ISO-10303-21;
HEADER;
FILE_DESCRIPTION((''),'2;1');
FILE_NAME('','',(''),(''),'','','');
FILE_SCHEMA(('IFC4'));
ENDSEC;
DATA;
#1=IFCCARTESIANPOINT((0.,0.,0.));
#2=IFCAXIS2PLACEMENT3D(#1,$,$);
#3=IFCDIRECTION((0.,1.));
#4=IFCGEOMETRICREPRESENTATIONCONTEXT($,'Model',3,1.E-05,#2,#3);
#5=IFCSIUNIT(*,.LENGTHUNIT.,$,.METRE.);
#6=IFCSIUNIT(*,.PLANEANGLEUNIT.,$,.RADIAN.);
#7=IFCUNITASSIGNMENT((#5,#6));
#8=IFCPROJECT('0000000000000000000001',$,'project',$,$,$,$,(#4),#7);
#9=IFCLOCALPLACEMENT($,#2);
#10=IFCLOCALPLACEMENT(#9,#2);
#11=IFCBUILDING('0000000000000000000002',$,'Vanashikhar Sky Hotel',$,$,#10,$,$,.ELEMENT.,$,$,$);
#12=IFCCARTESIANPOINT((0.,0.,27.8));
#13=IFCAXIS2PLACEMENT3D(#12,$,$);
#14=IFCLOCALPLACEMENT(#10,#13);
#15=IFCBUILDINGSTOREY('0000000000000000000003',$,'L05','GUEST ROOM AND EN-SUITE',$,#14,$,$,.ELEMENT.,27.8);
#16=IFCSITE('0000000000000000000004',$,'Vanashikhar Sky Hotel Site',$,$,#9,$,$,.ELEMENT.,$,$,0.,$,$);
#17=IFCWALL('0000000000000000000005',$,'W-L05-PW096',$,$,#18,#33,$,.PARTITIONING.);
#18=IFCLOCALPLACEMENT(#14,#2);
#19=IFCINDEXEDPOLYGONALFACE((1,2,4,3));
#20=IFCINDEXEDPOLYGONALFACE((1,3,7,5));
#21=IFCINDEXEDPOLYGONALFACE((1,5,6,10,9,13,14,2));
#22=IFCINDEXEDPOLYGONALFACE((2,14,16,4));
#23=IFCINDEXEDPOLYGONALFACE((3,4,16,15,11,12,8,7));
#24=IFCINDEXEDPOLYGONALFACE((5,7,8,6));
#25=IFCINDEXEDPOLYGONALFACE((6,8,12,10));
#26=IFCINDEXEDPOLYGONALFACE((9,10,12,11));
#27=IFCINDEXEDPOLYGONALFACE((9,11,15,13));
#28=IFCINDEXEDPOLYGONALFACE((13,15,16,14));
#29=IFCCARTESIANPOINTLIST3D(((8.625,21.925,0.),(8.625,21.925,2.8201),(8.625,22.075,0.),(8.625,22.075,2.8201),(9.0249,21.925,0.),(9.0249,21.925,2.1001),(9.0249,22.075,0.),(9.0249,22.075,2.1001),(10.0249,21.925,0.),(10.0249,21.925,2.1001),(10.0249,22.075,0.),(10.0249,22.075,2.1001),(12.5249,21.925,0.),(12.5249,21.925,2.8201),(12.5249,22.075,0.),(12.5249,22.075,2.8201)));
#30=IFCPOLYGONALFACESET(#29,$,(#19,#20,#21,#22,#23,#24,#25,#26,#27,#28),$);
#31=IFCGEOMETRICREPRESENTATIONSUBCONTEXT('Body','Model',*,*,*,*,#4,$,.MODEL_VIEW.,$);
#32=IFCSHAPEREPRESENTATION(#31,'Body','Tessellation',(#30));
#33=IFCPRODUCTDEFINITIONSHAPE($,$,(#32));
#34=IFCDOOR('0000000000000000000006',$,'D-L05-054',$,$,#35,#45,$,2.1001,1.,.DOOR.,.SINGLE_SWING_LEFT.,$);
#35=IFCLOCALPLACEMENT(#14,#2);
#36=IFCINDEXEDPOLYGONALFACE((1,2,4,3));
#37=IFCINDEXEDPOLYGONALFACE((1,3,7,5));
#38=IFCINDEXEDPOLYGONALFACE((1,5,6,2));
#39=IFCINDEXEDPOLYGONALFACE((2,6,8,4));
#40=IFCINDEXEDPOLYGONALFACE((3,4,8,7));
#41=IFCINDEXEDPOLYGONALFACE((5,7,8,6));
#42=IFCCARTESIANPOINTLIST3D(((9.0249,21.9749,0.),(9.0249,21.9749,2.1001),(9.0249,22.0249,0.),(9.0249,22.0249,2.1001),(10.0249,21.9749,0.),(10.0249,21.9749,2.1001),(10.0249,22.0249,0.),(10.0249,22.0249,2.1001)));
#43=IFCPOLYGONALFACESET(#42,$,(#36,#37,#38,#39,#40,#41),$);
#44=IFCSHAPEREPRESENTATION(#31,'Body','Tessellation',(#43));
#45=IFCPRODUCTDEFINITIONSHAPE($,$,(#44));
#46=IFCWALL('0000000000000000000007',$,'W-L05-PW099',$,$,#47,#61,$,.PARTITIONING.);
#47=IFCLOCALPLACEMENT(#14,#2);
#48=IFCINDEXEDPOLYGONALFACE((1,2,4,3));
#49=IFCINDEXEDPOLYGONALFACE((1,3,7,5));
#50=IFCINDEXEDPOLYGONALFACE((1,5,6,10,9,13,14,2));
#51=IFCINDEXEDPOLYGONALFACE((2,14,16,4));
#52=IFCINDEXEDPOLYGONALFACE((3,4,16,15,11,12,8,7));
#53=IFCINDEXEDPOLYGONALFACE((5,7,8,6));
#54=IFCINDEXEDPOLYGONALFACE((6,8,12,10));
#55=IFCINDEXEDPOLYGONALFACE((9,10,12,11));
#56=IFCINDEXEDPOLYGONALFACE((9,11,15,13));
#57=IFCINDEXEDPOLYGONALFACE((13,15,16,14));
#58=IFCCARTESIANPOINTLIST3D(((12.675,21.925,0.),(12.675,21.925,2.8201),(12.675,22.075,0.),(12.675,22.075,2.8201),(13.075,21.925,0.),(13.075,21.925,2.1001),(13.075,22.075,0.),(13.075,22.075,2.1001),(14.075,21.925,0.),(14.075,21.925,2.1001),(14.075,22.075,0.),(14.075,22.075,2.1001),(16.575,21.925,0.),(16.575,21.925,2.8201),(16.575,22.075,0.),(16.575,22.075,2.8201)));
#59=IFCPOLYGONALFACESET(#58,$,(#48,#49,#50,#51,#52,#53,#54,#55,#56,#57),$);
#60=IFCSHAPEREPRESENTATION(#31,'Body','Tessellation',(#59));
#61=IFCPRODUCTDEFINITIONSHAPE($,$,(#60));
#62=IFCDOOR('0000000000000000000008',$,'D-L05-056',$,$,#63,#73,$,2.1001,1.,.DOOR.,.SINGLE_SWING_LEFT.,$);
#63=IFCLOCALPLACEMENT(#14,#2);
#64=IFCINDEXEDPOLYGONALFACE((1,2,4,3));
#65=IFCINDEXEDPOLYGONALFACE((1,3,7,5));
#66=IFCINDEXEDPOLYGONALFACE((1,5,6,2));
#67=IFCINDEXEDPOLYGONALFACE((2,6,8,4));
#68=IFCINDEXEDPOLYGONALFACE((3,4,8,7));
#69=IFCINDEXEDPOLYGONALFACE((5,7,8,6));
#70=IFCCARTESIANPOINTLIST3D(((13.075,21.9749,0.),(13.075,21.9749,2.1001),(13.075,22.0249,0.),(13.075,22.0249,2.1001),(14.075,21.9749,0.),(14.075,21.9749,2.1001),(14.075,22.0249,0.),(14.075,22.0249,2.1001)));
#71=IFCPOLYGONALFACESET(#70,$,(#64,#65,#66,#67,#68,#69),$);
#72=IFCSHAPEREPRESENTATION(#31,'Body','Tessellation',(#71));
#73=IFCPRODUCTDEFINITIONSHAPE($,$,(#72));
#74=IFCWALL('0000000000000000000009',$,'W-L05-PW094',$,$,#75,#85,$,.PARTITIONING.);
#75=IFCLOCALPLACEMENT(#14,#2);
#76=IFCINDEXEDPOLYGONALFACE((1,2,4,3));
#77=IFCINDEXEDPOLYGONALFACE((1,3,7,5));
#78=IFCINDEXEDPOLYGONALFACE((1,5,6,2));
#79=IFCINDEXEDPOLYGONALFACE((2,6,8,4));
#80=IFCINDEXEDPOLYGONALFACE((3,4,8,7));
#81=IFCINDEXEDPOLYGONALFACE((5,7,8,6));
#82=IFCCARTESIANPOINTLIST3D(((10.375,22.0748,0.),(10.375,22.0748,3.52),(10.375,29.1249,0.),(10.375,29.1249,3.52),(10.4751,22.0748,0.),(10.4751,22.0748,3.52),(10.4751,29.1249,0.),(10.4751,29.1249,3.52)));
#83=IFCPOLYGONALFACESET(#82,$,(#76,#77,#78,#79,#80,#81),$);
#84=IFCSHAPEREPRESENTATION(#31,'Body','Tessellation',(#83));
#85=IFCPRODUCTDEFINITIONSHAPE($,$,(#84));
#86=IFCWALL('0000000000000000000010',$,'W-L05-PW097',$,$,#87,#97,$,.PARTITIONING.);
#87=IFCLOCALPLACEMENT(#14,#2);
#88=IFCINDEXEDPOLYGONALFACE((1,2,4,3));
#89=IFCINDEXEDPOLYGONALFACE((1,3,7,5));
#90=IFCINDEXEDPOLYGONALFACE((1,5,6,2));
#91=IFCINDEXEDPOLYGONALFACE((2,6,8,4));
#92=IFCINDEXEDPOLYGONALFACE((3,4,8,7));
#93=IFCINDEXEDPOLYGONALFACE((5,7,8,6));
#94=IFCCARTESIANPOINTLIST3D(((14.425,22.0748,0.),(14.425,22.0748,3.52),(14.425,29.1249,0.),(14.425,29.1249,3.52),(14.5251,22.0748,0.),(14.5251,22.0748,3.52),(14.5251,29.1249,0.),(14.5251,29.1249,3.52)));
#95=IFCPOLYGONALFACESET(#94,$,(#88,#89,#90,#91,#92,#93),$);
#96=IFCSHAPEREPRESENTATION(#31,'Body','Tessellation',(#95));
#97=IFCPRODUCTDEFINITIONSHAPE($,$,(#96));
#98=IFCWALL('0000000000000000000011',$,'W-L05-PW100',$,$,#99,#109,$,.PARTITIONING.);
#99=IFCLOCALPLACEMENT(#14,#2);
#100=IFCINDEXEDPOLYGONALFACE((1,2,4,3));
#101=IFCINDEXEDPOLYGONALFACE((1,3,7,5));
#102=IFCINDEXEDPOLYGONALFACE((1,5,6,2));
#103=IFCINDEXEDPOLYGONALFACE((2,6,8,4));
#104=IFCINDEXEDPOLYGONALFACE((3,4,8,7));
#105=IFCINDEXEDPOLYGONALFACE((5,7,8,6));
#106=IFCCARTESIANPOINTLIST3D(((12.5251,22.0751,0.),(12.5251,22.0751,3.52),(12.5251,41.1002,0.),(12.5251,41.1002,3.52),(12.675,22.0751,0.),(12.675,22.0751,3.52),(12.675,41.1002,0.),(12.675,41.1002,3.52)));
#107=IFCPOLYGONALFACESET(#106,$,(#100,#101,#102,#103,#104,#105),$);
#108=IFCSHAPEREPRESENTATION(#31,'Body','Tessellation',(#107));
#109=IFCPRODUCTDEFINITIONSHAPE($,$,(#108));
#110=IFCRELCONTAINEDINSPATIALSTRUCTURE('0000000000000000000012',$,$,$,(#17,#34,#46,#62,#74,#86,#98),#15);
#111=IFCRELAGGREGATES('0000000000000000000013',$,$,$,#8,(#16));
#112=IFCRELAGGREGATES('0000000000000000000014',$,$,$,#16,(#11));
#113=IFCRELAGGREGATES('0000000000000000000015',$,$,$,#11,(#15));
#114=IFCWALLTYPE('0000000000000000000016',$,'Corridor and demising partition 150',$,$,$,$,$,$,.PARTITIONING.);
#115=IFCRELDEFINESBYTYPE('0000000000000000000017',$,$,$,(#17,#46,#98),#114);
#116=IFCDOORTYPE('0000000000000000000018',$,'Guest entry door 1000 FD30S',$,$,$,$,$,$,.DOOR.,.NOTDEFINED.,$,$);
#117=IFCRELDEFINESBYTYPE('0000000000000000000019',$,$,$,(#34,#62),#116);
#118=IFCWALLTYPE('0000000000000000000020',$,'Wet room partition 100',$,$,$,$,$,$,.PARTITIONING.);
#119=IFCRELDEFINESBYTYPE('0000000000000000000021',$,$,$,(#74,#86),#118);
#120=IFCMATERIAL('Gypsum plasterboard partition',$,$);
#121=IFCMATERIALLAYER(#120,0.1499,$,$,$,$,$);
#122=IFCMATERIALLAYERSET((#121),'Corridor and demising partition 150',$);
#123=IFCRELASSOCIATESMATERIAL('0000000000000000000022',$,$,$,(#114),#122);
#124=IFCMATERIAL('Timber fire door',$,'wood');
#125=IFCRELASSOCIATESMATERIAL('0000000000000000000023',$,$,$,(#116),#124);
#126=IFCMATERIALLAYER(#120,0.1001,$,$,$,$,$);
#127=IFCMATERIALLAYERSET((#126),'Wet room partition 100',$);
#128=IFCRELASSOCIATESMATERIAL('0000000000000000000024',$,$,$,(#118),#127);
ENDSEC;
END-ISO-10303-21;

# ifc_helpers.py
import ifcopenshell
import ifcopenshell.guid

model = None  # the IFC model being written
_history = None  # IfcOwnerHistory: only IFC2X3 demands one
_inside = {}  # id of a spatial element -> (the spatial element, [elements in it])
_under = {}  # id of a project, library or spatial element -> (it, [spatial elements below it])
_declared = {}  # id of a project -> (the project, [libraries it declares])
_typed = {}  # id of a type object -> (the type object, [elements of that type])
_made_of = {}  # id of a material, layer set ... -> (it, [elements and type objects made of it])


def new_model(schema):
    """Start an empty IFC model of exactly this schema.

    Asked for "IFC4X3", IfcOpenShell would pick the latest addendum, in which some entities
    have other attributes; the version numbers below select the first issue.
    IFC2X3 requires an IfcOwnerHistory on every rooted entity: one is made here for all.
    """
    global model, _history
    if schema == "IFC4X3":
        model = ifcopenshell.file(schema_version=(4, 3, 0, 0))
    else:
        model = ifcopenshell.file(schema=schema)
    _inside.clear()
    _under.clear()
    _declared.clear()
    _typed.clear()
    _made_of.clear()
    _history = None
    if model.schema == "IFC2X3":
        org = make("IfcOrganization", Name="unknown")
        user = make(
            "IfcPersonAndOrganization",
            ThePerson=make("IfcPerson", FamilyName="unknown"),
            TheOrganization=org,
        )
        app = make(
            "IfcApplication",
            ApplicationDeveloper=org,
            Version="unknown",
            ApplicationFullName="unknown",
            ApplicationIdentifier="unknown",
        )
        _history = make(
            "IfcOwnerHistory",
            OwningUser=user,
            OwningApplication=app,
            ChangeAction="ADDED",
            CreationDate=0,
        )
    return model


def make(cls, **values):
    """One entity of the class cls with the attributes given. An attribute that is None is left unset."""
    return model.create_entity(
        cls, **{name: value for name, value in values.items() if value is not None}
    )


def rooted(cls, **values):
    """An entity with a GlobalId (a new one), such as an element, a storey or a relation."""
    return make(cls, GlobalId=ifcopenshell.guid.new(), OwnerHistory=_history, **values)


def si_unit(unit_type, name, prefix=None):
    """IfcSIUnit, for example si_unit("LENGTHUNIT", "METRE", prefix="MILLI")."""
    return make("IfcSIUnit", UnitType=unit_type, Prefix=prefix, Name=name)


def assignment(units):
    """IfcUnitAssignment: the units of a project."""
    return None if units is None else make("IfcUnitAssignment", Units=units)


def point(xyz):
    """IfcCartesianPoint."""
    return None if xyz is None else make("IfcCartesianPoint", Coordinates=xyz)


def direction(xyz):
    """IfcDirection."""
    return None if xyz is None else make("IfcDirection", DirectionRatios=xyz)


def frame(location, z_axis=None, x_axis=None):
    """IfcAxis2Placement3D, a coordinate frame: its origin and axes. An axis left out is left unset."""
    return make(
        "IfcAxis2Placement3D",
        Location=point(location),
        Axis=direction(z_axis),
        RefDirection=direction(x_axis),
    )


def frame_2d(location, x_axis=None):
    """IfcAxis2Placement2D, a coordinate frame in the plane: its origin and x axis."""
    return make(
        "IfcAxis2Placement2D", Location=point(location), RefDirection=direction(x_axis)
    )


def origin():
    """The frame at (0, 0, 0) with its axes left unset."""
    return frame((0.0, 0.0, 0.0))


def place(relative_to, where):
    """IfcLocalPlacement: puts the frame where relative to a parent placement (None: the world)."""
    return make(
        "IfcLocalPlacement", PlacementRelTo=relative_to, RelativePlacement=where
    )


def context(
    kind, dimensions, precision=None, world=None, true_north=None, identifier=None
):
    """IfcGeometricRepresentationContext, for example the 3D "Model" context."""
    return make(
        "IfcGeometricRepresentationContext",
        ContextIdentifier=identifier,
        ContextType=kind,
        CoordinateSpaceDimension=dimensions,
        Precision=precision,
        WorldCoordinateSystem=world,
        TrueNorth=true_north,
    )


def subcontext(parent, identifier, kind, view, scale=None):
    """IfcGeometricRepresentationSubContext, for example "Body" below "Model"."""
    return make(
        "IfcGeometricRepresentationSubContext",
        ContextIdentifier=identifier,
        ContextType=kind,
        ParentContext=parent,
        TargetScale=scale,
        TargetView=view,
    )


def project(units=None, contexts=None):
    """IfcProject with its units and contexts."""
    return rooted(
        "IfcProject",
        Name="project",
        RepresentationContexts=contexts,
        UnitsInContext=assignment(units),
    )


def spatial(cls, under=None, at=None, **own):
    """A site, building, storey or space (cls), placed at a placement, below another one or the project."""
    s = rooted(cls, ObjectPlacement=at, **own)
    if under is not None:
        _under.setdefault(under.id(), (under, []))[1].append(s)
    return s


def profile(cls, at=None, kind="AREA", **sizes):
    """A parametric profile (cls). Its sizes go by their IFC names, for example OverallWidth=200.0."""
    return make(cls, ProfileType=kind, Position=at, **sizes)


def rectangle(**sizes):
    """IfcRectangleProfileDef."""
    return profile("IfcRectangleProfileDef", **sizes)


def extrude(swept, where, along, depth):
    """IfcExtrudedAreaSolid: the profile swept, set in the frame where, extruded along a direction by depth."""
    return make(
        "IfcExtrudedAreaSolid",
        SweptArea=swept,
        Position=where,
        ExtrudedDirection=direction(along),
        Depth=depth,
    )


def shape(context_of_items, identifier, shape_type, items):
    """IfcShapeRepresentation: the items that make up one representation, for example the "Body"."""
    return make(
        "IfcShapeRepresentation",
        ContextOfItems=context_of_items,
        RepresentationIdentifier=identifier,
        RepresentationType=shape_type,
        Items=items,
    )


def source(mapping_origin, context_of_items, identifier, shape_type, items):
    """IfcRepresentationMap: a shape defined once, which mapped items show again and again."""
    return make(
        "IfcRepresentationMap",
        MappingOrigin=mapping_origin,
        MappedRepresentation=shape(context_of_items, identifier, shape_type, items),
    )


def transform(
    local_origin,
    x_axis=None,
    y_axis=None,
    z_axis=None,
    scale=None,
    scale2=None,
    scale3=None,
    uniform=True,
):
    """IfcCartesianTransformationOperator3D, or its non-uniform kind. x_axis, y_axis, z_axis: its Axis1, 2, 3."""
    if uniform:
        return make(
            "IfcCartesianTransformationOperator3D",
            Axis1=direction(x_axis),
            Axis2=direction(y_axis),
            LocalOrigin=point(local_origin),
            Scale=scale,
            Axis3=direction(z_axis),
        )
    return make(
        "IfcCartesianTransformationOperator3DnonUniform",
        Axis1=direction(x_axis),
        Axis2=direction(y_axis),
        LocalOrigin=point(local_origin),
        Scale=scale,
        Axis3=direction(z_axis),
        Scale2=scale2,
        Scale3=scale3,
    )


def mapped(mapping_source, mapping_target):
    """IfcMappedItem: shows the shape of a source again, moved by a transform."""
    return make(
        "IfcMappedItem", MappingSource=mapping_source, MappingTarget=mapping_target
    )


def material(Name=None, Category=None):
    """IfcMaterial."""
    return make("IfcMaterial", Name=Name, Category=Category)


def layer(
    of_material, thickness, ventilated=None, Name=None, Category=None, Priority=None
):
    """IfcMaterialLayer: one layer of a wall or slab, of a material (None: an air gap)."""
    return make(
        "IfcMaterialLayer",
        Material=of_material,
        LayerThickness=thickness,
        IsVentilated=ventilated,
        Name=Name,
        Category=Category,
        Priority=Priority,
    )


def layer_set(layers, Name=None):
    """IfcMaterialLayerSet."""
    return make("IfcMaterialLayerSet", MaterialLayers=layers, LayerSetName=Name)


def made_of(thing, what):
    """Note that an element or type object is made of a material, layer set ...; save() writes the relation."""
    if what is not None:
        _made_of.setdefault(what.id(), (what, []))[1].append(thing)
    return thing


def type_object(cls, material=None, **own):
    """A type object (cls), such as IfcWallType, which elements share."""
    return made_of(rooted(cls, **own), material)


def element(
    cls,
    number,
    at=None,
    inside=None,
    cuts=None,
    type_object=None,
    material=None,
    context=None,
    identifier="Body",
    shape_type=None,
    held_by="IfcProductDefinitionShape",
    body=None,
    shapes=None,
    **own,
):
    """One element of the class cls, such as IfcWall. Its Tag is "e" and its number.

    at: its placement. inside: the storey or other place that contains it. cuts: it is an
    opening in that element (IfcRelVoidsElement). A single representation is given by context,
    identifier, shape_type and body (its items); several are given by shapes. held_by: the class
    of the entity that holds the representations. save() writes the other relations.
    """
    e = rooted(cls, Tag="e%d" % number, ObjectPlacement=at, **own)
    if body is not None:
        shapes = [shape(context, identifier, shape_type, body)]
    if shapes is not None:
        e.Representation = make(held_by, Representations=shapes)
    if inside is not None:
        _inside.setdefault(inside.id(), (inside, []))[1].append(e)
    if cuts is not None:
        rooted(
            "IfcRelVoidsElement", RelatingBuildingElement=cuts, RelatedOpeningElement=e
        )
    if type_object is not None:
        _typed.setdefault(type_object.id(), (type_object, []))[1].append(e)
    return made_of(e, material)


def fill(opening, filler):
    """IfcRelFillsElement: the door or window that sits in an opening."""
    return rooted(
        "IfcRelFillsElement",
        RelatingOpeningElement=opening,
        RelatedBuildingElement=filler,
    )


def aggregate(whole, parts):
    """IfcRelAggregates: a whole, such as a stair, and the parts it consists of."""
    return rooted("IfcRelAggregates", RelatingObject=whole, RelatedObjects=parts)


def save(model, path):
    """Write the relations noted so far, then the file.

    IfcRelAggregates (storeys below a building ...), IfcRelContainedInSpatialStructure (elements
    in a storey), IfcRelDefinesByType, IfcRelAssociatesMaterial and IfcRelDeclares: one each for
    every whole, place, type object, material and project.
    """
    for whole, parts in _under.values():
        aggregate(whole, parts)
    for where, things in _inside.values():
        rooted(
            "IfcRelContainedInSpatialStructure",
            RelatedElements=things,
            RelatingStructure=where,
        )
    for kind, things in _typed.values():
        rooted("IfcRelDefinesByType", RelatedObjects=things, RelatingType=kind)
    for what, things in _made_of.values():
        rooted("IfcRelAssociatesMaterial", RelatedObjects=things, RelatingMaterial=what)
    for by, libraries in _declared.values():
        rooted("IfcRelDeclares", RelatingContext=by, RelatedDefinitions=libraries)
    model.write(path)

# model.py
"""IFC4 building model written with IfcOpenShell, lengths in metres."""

from ifc_helpers import new_model, si_unit, direction, frame, frame_2d, origin, place, context, subcontext, project, spatial, rectangle, extrude, source, transform, mapped, material, layer, layer_set, type_object, element, fill, save


model = new_model("IFC4")

# Units and contexts
model_context = context("Model", 3, precision=1e-05, world=origin(), true_north=direction((0.0, 1.0)))
body_context = subcontext(model_context, "Body", "Model", "MODEL_VIEW")
ifc_project = project(units=[si_unit("LENGTHUNIT", "METRE"), si_unit("PLANEANGLEUNIT", "RADIAN")], contexts=[model_context])

# Site, building, storey
site_placement = place(None, origin())
site = spatial("IfcSite", under=ifc_project, at=site_placement, Name="Vanashikhar Sky Hotel Site", CompositionType="ELEMENT", RefElevation=0.0)
building_placement = place(site_placement, origin())
building = spatial("IfcBuilding", under=site, at=building_placement, Name="Vanashikhar Sky Hotel", CompositionType="ELEMENT")
storey_placement = place(building_placement, frame((0.0, 0.0, 27.8)))
storey = spatial("IfcBuildingStorey", under=building, at=storey_placement, Name="L05", Description="GUEST ROOM AND EN-SUITE", CompositionType="ELEMENT", Elevation=27.8)

# Walls, openings, doors
ifc_material_1 = material(Name="Gypsum plasterboard partition")
ifc_layer_1 = layer(ifc_material_1, 0.1499)
ifc_layer_set_1 = layer_set([ifc_layer_1], Name="Corridor and demising partition 150")
wall_type_1 = type_object("IfcWallType", Name="Corridor and demising partition 150", PredefinedType="PARTITIONING", material=ifc_layer_set_1)
shared_shape_1 = source(origin(), body_context, "Body", "SweptSolid", [
    extrude(rectangle(XDim=1.0, YDim=2.1001, at=frame_2d((0.5, 1.05))), frame((0.0, 0.085, 0.0), z_axis=(0.0, -1.0, 0.0), x_axis=(1.0, 0.0, 0.0)), (0.0, 0.0, 1.0), 0.1699),
])
ifc_material_2 = material(Name="Timber fire door", Category="wood")
door_type_1 = type_object("IfcDoorType", Name="Guest entry door 1000 FD30S", OperationType="NOTDEFINED", PredefinedType="DOOR", material=ifc_material_2)
shared_shape_2 = source(origin(), body_context, "Body", "SweptSolid", [
    extrude(rectangle(XDim=1.0, YDim=2.1001, at=frame_2d((0.5, 1.05))), frame((0.0, 0.0249, 0.0), z_axis=(0.0, -1.0, 0.0), x_axis=(1.0, 0.0, 0.0)), (0.0, 0.0, 1.0), 0.05),
])
shared_shape_3 = source(origin(), body_context, "Body", "SweptSolid", [
    extrude(rectangle(XDim=3.8999, YDim=0.1499, at=frame_2d((1.95, 0.0))), origin(), (0.0, 0.0, 1.0), 2.8201),
])
wall_1_placement = place(storey_placement, frame((8.625, 22.0, 0.0), z_axis=(0.0, 0.0, 1.0), x_axis=(1.0, 0.0, 0.0)))
wall_1 = element("IfcWall", 1, at=wall_1_placement, inside=storey, type_object=wall_type_1, Name="W-L05-PW096", PredefinedType="PARTITIONING", context=body_context, shape_type="MappedRepresentation", body=[
    mapped(shared_shape_3, transform((0.0, 0.0, 0.0), scale=1.0)),
])
opening_1_placement = place(wall_1_placement, frame((0.3999, 0.0, 0.0)))
opening_1 = element("IfcOpeningElement", 2, at=opening_1_placement, cuts=wall_1, PredefinedType="OPENING", context=body_context, shape_type="MappedRepresentation", body=[
    mapped(shared_shape_1, transform((0.0, 0.0, 0.0), scale=1.0)),
])
door_1_placement = place(opening_1_placement, origin())
door_1 = element("IfcDoor", 3, at=door_1_placement, inside=storey, type_object=door_type_1, Name="D-L05-054", OperationType="SINGLE_SWING_LEFT", OverallHeight=2.1001, OverallWidth=1.0, PredefinedType="DOOR", context=body_context, shape_type="MappedRepresentation", body=[
    mapped(shared_shape_2, transform((0.0, 0.0, 0.0), scale=1.0)),
])
fill(opening_1, door_1)
wall_2_placement = place(storey_placement, frame((12.675, 22.0, 0.0), z_axis=(0.0, 0.0, 1.0), x_axis=(1.0, 0.0, 0.0)))
wall_2 = element("IfcWall", 4, at=wall_2_placement, inside=storey, type_object=wall_type_1, Name="W-L05-PW099", PredefinedType="PARTITIONING", context=body_context, shape_type="MappedRepresentation", body=[
    mapped(shared_shape_3, transform((0.0, 0.0, 0.0), scale=1.0)),
])
opening_2_placement = place(wall_2_placement, frame((0.3999, 0.0, 0.0)))
opening_2 = element("IfcOpeningElement", 5, at=opening_2_placement, cuts=wall_2, PredefinedType="OPENING", context=body_context, shape_type="MappedRepresentation", body=[
    mapped(shared_shape_1, transform((0.0, 0.0, 0.0), scale=1.0)),
])
door_2_placement = place(opening_2_placement, origin())
door_2 = element("IfcDoor", 6, at=door_2_placement, inside=storey, type_object=door_type_1, Name="D-L05-056", OperationType="SINGLE_SWING_LEFT", OverallHeight=2.1001, OverallWidth=1.0, PredefinedType="DOOR", context=body_context, shape_type="MappedRepresentation", body=[
    mapped(shared_shape_2, transform((0.0, 0.0, 0.0), scale=1.0)),
])
fill(opening_2, door_2)

# Walls
ifc_layer_2 = layer(ifc_material_1, 0.1001)
ifc_layer_set_2 = layer_set([ifc_layer_2], Name="Wet room partition 100")
wall_type_2 = type_object("IfcWallType", Name="Wet room partition 100", PredefinedType="PARTITIONING", material=ifc_layer_set_2)
shared_shape_4 = source(origin(), body_context, "Body", "SweptSolid", [
    extrude(rectangle(XDim=7.05, YDim=0.1001, at=frame_2d((3.5249, 0.0))), origin(), (0.0, 0.0, 1.0), 3.52),
])
for number, where, z_axis, x_axis, name in (
    (7, (10.425, 22.075, 0.0), (0.0, 0.0, 1.0), (0.0, 1.0, 0.0), "W-L05-PW094"),
    (8, (14.4751, 22.075, 0.0), (0.0, 0.0, 1.0), (0.0, 1.0, 0.0), "W-L05-PW097"),
):
    element("IfcWall", number, at=place(storey_placement, frame(where, z_axis=z_axis, x_axis=x_axis)), inside=storey, type_object=wall_type_2, Name=name, PredefinedType="PARTITIONING", context=body_context, shape_type="MappedRepresentation", body=[
        mapped(shared_shape_4, transform((0.0, 0.0, 0.0), scale=1.0)),
    ])
shared_shape_5 = source(origin(), body_context, "Body", "SweptSolid", [
    extrude(rectangle(XDim=19.0251, YDim=0.1499, at=frame_2d((9.5127, 0.0))), origin(), (0.0, 0.0, 1.0), 3.52),
])
wall_3_placement = place(storey_placement, frame((12.6001, 22.075, 0.0), z_axis=(0.0, 0.0, 1.0), x_axis=(0.0, 1.0, 0.0)))
element("IfcWall", 9, at=wall_3_placement, inside=storey, type_object=wall_type_1, Name="W-L05-PW100", PredefinedType="PARTITIONING", context=body_context, shape_type="MappedRepresentation", body=[
    mapped(shared_shape_5, transform((0.0, 0.0, 0.0), scale=1.0)),
])

save(model, "model.ifc")
